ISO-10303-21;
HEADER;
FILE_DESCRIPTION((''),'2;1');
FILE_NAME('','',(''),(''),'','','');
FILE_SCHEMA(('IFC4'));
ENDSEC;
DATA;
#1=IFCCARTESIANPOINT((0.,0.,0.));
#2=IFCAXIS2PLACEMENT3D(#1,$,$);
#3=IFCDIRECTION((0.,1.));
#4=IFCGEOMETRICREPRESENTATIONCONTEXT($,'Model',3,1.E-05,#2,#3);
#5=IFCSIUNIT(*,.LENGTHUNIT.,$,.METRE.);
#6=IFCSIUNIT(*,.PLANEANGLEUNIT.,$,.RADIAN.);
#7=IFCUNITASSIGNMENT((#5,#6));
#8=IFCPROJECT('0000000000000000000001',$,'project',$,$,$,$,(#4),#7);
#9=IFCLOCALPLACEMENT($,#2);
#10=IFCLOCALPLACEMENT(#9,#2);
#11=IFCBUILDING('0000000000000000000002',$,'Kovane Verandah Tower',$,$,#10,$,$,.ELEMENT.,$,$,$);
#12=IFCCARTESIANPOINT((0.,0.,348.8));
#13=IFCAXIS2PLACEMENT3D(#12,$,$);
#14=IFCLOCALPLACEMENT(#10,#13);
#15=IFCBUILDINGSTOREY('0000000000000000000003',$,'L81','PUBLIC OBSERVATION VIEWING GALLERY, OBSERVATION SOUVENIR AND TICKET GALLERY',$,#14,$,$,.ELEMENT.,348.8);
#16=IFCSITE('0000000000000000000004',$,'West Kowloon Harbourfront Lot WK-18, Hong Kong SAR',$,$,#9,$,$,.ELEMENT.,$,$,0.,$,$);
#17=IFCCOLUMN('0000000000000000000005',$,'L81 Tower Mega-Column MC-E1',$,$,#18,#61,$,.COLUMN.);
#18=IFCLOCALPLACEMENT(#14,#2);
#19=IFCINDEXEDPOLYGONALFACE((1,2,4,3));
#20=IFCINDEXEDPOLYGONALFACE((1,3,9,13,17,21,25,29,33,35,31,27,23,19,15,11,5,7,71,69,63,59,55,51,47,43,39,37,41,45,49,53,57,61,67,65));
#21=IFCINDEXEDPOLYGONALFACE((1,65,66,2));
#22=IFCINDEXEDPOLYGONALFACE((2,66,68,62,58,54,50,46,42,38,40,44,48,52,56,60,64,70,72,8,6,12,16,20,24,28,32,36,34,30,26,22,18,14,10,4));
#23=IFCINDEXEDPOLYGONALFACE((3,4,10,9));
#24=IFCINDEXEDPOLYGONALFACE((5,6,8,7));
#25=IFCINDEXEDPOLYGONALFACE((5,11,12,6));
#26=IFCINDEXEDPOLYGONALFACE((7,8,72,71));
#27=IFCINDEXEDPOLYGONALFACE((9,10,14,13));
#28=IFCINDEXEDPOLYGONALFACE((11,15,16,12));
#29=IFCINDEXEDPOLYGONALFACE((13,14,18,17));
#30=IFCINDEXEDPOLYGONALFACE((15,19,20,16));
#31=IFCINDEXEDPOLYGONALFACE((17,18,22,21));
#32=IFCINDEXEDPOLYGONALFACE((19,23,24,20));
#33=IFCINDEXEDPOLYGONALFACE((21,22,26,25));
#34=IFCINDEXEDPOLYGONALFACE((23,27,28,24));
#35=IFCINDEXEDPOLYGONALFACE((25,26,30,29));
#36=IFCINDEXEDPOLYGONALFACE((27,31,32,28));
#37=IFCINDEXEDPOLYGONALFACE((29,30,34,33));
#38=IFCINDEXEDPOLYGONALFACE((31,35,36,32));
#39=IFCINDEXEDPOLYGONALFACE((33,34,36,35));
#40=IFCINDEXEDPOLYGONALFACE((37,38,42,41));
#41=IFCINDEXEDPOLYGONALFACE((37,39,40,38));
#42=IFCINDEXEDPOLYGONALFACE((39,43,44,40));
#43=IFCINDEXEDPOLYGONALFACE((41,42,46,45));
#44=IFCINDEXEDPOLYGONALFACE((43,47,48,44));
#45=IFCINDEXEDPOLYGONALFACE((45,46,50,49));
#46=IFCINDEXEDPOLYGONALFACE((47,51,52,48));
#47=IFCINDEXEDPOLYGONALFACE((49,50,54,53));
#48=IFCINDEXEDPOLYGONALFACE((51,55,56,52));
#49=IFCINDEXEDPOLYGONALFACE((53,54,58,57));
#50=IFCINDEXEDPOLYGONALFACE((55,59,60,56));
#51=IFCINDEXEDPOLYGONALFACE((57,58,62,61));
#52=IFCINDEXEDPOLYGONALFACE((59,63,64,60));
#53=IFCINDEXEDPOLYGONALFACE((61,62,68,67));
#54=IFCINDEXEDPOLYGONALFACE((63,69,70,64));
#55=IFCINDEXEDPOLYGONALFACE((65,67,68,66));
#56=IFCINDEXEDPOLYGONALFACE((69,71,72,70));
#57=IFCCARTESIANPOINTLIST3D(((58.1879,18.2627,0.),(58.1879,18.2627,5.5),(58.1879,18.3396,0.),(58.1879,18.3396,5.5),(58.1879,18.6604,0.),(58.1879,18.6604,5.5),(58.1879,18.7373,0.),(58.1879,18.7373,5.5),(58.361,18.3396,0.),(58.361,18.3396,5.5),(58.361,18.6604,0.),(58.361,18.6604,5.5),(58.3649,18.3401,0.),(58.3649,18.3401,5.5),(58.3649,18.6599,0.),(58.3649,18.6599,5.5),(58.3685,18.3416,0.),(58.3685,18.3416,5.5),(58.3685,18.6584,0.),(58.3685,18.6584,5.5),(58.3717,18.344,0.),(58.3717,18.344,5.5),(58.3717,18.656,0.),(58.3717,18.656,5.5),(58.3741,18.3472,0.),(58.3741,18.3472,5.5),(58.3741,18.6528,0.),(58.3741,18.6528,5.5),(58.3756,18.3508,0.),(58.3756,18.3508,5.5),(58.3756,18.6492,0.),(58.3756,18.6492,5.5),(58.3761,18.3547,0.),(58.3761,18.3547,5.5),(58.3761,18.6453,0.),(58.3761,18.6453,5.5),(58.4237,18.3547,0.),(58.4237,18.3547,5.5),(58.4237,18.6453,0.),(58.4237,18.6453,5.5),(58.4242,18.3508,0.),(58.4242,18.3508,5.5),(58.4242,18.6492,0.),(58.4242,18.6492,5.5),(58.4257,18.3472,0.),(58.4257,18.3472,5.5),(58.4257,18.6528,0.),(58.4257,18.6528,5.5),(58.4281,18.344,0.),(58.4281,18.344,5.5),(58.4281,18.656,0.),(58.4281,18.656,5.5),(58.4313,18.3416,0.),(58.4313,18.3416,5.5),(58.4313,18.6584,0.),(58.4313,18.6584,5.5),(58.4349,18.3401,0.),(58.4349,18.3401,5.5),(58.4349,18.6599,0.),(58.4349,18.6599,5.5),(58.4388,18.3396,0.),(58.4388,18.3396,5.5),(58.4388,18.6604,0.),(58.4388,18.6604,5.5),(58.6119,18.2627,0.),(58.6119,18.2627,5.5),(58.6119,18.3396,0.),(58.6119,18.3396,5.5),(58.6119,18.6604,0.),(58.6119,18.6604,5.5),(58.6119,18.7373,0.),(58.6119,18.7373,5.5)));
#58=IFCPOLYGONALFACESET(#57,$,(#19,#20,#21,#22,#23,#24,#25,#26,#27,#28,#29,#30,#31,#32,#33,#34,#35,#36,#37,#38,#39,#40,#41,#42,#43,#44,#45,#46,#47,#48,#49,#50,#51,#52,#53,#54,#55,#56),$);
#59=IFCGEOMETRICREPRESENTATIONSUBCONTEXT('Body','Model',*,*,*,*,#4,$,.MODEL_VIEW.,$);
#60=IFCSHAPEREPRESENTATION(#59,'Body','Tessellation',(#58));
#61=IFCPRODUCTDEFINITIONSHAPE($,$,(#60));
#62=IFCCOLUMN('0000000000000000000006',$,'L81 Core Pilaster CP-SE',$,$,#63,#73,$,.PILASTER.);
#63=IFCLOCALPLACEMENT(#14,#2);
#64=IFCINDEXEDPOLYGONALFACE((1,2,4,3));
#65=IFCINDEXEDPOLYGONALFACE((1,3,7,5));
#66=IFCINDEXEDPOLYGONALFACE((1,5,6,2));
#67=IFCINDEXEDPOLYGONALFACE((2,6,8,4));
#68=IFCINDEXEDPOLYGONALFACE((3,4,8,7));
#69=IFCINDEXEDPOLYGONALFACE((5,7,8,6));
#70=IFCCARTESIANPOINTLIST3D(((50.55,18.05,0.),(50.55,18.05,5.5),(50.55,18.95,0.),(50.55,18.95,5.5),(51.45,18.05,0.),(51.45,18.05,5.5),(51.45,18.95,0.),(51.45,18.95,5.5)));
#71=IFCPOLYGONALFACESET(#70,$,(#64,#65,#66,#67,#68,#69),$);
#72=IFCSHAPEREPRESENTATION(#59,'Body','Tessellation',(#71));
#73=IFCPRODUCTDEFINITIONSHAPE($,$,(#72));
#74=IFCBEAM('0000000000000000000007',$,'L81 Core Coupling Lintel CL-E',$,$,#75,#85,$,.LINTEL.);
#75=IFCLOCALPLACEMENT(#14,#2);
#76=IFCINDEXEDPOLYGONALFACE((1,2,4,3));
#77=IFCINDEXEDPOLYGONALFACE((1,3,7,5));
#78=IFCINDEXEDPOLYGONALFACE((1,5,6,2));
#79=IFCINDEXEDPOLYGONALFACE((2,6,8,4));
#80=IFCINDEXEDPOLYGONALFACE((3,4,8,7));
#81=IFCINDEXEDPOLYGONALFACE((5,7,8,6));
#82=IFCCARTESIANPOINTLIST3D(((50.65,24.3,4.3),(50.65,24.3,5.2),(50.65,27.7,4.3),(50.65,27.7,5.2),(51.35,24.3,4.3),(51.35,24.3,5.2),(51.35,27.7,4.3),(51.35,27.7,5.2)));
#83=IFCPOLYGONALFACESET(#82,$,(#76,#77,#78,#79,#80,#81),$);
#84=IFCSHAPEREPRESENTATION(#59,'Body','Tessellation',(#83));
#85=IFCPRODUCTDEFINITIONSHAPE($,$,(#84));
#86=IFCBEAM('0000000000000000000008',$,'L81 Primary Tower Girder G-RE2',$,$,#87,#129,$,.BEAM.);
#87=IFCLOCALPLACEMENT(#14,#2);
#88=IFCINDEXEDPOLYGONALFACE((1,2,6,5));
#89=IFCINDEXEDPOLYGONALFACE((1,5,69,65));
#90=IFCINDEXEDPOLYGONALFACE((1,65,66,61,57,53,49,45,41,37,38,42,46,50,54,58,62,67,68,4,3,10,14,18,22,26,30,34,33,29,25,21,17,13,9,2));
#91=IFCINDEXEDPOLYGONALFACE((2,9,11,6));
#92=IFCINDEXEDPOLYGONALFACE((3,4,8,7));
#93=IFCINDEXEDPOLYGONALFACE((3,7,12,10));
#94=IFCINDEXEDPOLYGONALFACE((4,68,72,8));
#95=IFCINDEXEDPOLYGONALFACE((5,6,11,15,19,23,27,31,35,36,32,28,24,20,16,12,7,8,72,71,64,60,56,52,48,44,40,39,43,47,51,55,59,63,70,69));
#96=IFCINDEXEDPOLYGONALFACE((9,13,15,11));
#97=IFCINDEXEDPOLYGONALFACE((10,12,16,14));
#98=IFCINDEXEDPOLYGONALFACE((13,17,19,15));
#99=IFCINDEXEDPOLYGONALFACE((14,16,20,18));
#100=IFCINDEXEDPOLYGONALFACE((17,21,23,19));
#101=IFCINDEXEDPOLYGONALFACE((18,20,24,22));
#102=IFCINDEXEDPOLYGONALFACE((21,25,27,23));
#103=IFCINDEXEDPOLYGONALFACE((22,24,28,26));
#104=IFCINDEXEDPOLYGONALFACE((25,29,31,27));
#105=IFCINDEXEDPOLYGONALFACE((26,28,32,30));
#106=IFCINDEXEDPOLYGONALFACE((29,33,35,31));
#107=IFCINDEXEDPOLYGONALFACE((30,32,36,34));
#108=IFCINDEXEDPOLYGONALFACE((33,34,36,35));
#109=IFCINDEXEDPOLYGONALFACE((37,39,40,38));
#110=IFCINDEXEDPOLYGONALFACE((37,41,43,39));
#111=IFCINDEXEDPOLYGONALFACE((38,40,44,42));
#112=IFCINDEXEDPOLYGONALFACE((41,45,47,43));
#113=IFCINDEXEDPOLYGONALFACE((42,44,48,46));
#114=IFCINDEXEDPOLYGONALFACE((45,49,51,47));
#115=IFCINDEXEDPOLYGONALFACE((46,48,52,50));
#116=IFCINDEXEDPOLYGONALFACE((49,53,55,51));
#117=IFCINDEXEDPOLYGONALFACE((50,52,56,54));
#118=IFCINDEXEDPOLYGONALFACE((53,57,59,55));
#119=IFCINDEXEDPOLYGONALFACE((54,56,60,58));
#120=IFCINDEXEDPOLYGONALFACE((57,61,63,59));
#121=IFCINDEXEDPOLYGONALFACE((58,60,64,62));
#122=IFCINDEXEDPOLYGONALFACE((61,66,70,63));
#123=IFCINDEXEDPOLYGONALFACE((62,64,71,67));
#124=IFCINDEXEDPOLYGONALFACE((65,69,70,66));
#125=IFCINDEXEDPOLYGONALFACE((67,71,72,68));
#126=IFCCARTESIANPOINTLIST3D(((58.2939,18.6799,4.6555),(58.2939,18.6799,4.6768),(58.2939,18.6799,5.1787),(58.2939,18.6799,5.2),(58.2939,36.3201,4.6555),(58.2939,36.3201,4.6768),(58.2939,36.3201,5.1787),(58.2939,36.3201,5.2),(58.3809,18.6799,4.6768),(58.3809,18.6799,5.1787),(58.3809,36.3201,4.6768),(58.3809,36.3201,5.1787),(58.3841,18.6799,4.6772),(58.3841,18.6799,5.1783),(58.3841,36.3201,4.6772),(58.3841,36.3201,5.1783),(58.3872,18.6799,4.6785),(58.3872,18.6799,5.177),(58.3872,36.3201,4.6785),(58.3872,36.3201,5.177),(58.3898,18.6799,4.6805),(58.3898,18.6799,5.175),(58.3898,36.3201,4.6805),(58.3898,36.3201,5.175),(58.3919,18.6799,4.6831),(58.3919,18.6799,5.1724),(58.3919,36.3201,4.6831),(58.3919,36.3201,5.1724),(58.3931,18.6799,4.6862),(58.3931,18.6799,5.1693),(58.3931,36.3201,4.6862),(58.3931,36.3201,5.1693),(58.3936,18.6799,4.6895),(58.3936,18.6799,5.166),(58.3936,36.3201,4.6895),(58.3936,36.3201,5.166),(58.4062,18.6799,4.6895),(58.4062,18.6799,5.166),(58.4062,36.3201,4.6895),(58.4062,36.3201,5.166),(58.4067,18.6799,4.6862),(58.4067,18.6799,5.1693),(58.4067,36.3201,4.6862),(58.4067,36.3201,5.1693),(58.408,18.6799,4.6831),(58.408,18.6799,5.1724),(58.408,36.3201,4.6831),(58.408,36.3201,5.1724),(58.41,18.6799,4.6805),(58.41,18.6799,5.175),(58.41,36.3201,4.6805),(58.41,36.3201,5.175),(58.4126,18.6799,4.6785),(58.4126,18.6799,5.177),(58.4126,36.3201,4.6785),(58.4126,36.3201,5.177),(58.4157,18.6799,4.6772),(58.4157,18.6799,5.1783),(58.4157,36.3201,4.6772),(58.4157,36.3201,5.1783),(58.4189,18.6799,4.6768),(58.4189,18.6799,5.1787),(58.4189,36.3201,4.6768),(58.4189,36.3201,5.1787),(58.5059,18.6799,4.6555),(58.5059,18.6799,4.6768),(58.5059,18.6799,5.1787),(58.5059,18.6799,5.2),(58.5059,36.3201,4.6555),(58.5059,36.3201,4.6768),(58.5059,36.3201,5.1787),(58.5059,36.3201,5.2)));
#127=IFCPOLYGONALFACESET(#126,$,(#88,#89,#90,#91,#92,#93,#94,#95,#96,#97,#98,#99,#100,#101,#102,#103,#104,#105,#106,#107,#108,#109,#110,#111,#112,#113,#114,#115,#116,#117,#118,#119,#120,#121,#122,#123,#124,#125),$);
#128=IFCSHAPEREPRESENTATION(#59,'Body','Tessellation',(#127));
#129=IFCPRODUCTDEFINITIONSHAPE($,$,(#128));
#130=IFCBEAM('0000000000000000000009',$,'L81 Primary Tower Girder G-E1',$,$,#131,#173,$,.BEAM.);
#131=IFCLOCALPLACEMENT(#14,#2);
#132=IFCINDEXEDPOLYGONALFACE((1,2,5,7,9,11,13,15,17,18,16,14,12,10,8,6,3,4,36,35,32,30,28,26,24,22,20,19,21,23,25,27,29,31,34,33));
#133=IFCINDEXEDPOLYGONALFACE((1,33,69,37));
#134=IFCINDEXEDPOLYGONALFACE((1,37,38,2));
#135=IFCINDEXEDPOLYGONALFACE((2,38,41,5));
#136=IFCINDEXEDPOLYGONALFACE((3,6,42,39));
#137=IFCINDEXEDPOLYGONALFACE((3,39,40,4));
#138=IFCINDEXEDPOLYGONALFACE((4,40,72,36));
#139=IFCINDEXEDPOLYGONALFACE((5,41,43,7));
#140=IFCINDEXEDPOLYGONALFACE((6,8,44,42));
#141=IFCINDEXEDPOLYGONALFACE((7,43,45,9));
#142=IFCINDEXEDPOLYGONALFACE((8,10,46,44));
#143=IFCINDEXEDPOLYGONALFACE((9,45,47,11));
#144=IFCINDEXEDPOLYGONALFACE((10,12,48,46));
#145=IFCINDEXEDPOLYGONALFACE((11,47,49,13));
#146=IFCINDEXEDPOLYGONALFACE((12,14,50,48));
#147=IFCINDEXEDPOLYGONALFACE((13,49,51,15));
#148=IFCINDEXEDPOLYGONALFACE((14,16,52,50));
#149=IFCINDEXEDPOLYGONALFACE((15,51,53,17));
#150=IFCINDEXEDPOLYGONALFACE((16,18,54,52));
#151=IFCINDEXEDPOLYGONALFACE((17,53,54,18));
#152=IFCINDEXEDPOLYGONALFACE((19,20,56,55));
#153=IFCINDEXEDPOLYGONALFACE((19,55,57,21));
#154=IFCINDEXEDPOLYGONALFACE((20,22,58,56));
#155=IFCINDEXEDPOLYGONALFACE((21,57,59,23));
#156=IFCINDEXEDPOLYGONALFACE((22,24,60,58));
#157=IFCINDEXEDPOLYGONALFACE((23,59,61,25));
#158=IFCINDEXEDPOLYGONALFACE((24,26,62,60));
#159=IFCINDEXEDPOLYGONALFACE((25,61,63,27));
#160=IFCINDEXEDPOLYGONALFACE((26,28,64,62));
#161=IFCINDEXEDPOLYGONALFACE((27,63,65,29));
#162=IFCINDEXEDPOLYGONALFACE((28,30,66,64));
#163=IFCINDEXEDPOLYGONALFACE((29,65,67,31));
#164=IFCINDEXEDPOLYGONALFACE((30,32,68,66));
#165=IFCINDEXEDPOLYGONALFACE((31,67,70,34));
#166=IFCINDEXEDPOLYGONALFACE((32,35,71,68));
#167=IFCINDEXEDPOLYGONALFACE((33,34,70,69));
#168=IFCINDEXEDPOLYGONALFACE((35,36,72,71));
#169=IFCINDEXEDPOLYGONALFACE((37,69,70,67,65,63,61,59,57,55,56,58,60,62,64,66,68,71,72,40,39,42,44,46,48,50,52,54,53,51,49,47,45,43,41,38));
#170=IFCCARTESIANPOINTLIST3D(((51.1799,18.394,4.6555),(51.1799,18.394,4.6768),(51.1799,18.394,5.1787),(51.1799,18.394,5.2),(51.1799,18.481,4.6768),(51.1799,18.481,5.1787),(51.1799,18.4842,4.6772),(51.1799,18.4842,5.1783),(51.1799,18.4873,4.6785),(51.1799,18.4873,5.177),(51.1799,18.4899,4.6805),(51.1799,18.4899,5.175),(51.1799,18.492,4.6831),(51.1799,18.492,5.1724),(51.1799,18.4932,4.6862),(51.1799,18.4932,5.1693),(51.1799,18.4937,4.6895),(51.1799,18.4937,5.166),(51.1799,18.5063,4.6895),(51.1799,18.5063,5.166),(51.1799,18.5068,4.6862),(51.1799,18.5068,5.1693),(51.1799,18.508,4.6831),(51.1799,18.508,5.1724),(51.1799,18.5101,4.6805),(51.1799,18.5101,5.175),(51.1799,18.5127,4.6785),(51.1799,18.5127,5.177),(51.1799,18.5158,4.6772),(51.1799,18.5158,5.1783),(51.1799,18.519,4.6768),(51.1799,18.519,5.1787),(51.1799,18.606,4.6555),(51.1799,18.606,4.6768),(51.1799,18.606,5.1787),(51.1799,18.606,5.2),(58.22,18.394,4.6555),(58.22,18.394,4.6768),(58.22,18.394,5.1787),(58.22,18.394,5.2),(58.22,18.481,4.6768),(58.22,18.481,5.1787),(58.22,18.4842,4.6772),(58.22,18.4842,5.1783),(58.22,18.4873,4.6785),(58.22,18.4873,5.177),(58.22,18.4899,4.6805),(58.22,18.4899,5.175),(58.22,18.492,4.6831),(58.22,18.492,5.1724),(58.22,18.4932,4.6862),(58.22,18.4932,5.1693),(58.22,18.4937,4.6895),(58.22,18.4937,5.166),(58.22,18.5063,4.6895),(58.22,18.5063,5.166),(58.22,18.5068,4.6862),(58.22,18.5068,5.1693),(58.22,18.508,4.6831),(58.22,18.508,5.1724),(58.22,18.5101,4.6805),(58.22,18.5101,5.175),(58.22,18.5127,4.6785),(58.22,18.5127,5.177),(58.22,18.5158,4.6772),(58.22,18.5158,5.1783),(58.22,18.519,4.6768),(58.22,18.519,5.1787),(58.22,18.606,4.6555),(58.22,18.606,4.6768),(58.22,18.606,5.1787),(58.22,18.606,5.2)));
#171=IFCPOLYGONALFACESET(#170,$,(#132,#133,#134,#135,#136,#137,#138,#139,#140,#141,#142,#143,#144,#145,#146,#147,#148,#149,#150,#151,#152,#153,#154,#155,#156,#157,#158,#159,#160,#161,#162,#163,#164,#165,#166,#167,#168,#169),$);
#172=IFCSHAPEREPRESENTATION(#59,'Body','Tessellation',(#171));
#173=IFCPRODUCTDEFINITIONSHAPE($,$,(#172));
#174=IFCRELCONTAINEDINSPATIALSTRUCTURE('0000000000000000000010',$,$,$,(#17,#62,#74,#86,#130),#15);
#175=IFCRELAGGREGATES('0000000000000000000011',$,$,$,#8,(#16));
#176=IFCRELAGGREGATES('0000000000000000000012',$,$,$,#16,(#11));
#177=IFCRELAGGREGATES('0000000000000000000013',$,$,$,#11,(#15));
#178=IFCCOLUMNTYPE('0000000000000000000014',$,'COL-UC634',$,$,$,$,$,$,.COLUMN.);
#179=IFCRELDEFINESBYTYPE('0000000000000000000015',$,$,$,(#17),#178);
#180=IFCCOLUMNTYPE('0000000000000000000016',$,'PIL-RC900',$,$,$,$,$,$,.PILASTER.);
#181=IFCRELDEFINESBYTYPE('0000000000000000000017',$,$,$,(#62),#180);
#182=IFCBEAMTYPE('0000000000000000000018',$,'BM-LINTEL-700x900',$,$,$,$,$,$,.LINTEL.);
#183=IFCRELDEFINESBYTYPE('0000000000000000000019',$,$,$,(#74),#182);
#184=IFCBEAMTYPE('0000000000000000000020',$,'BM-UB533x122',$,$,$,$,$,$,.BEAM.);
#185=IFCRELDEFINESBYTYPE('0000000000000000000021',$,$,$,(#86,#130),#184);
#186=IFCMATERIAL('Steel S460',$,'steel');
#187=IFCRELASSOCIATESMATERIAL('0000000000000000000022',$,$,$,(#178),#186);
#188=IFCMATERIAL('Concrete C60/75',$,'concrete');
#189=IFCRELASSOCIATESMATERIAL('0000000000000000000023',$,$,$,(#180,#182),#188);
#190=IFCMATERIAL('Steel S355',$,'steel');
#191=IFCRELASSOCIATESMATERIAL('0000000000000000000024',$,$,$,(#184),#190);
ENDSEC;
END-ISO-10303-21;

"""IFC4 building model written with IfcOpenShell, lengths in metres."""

from ifc_helpers import new_model, si_unit, direction, frame, origin, origin_2d, place, context, subcontext, project, spatial, rectangle, i_section, extrude, material, material_profile, profile_set, type_object, element, save


model = new_model("IFC4")

# Units and contexts
model_context = context("Model", 3, precision=1e-05, world=origin(), true_north=direction((0.0, 1.0)))
body_context = subcontext(model_context, "Body", "Model", "MODEL_VIEW")
ifc_project = project(units=[si_unit("LENGTHUNIT", "METRE"), si_unit("PLANEANGLEUNIT", "RADIAN")], contexts=[model_context])

# Site, building, storey
site_placement = place(None, origin())
site = spatial("IfcSite", under=ifc_project, at=site_placement, Name="West Kowloon Harbourfront Lot WK-18, Hong Kong SAR", CompositionType="ELEMENT", RefElevation=0.0)
building_placement = place(site_placement, origin())
building = spatial("IfcBuilding", under=site, at=building_placement, Name="Kovane Verandah Tower", CompositionType="ELEMENT")
storey_placement = place(building_placement, frame((0.0, 0.0, 348.8)))
storey = spatial("IfcBuildingStorey", under=building, at=storey_placement, Name="L81", Description="PUBLIC OBSERVATION VIEWING GALLERY, OBSERVATION SOUVENIR AND TICKET GALLERY", CompositionType="ELEMENT", Elevation=348.8)

# Columns
ifc_material_1 = material(Name="Steel S460", Category="steel")
ifc_material_profile_1 = material_profile(ifc_material_1, i_section(OverallWidth=0.4241, OverallDepth=0.4746, WebThickness=0.0476, FlangeThickness=0.0769, FilletRadius=0.0151, at=origin_2d()), Name="UC356x406x634")
ifc_profile_set_1 = profile_set([ifc_material_profile_1], Name="Steel S460")
column_type_1 = type_object("IfcColumnType", Name="COL-UC634", PredefinedType="COLUMN", material=ifc_profile_set_1)
column_1_placement = place(storey_placement, frame((58.3999, 18.5, 0.0), z_axis=(0.0, 0.0, 1.0), x_axis=(1.0, 0.0, 0.0)))
element("IfcColumn", 1, at=column_1_placement, inside=storey, type_object=column_type_1, Name="L81 Tower Mega-Column MC-E1", PredefinedType="COLUMN", context=body_context, shape_type="SweptSolid", body=[
    extrude(i_section(OverallWidth=0.4241, OverallDepth=0.4746, WebThickness=0.0476, FlangeThickness=0.0769, FilletRadius=0.0151, at=origin_2d()), origin(), (0.0, 0.0, 1.0), 5.5),
])
ifc_material_2 = material(Name="Concrete C60/75", Category="concrete")
ifc_material_profile_2 = material_profile(ifc_material_2, rectangle(XDim=0.8999, YDim=0.8999, at=origin_2d()), Name="RC900x900")
ifc_profile_set_2 = profile_set([ifc_material_profile_2], Name="Concrete C60/75")
column_type_2 = type_object("IfcColumnType", Name="PIL-RC900", PredefinedType="PILASTER", material=ifc_profile_set_2)
column_2_placement = place(storey_placement, frame((51.0, 18.5, 0.0), z_axis=(0.0, 0.0, 1.0), x_axis=(1.0, 0.0, 0.0)))
element("IfcColumn", 2, at=column_2_placement, inside=storey, type_object=column_type_2, Name="L81 Core Pilaster CP-SE", PredefinedType="PILASTER", context=body_context, shape_type="SweptSolid", body=[
    extrude(rectangle(XDim=0.8999, YDim=0.8999, at=origin_2d()), origin(), (0.0, 0.0, 1.0), 5.5),
])

# Beams
ifc_material_profile_3 = material_profile(ifc_material_2, rectangle(XDim=0.7, YDim=0.8999, at=origin_2d()), Name="RCB700x900")
ifc_profile_set_3 = profile_set([ifc_material_profile_3], Name="Concrete C60/75")
beam_type_1 = type_object("IfcBeamType", Name="BM-LINTEL-700x900", PredefinedType="LINTEL", material=ifc_profile_set_3)
beam_1_placement = place(storey_placement, frame((51.0, 24.3, 4.75), z_axis=(0.0, 1.0, 0.0), x_axis=(-1.0, 0.0, 0.0)))
element("IfcBeam", 3, at=beam_1_placement, inside=storey, type_object=beam_type_1, Name="L81 Core Coupling Lintel CL-E", PredefinedType="LINTEL", context=body_context, shape_type="SweptSolid", body=[
    extrude(rectangle(XDim=0.7, YDim=0.8999, at=origin_2d()), origin(), (0.0, 0.0, 1.0), 3.3999),
])
ifc_material_3 = material(Name="Steel S355", Category="steel")
ifc_material_profile_4 = material_profile(ifc_material_3, i_section(OverallWidth=0.2119, OverallDepth=0.5444, WebThickness=0.0127, FlangeThickness=0.0212, FilletRadius=0.0127, at=origin_2d()), Name="UB533x210x122")
ifc_profile_set_4 = profile_set([ifc_material_profile_4], Name="Steel S355")
beam_type_2 = type_object("IfcBeamType", Name="BM-UB533x122", PredefinedType="BEAM", material=ifc_profile_set_4)
beam_2_placement = place(storey_placement, frame((58.3999, 18.6799, 4.9277), z_axis=(0.0, 1.0, 0.0), x_axis=(-1.0, 0.0, 0.0)))
element("IfcBeam", 4, at=beam_2_placement, inside=storey, type_object=beam_type_2, Name="L81 Primary Tower Girder G-RE2", PredefinedType="BEAM", context=body_context, shape_type="SweptSolid", body=[
    extrude(i_section(OverallWidth=0.2119, OverallDepth=0.5444, WebThickness=0.0127, FlangeThickness=0.0212, FilletRadius=0.0127, at=origin_2d()), origin(), (0.0, 0.0, 1.0), 17.6401),
])
beam_3_placement = place(storey_placement, frame((51.1799, 18.5, 4.9277), z_axis=(1.0, 0.0, 0.0), x_axis=(0.0, 1.0, 0.0)))
element("IfcBeam", 5, at=beam_3_placement, inside=storey, type_object=beam_type_2, Name="L81 Primary Tower Girder G-E1", PredefinedType="BEAM", context=body_context, shape_type="SweptSolid", body=[
    extrude(i_section(OverallWidth=0.2119, OverallDepth=0.5444, WebThickness=0.0127, FlangeThickness=0.0212, FilletRadius=0.0127, at=origin_2d()), origin(), (0.0, 0.0, 1.0), 7.04),
])

save(model, "model.ifc")
